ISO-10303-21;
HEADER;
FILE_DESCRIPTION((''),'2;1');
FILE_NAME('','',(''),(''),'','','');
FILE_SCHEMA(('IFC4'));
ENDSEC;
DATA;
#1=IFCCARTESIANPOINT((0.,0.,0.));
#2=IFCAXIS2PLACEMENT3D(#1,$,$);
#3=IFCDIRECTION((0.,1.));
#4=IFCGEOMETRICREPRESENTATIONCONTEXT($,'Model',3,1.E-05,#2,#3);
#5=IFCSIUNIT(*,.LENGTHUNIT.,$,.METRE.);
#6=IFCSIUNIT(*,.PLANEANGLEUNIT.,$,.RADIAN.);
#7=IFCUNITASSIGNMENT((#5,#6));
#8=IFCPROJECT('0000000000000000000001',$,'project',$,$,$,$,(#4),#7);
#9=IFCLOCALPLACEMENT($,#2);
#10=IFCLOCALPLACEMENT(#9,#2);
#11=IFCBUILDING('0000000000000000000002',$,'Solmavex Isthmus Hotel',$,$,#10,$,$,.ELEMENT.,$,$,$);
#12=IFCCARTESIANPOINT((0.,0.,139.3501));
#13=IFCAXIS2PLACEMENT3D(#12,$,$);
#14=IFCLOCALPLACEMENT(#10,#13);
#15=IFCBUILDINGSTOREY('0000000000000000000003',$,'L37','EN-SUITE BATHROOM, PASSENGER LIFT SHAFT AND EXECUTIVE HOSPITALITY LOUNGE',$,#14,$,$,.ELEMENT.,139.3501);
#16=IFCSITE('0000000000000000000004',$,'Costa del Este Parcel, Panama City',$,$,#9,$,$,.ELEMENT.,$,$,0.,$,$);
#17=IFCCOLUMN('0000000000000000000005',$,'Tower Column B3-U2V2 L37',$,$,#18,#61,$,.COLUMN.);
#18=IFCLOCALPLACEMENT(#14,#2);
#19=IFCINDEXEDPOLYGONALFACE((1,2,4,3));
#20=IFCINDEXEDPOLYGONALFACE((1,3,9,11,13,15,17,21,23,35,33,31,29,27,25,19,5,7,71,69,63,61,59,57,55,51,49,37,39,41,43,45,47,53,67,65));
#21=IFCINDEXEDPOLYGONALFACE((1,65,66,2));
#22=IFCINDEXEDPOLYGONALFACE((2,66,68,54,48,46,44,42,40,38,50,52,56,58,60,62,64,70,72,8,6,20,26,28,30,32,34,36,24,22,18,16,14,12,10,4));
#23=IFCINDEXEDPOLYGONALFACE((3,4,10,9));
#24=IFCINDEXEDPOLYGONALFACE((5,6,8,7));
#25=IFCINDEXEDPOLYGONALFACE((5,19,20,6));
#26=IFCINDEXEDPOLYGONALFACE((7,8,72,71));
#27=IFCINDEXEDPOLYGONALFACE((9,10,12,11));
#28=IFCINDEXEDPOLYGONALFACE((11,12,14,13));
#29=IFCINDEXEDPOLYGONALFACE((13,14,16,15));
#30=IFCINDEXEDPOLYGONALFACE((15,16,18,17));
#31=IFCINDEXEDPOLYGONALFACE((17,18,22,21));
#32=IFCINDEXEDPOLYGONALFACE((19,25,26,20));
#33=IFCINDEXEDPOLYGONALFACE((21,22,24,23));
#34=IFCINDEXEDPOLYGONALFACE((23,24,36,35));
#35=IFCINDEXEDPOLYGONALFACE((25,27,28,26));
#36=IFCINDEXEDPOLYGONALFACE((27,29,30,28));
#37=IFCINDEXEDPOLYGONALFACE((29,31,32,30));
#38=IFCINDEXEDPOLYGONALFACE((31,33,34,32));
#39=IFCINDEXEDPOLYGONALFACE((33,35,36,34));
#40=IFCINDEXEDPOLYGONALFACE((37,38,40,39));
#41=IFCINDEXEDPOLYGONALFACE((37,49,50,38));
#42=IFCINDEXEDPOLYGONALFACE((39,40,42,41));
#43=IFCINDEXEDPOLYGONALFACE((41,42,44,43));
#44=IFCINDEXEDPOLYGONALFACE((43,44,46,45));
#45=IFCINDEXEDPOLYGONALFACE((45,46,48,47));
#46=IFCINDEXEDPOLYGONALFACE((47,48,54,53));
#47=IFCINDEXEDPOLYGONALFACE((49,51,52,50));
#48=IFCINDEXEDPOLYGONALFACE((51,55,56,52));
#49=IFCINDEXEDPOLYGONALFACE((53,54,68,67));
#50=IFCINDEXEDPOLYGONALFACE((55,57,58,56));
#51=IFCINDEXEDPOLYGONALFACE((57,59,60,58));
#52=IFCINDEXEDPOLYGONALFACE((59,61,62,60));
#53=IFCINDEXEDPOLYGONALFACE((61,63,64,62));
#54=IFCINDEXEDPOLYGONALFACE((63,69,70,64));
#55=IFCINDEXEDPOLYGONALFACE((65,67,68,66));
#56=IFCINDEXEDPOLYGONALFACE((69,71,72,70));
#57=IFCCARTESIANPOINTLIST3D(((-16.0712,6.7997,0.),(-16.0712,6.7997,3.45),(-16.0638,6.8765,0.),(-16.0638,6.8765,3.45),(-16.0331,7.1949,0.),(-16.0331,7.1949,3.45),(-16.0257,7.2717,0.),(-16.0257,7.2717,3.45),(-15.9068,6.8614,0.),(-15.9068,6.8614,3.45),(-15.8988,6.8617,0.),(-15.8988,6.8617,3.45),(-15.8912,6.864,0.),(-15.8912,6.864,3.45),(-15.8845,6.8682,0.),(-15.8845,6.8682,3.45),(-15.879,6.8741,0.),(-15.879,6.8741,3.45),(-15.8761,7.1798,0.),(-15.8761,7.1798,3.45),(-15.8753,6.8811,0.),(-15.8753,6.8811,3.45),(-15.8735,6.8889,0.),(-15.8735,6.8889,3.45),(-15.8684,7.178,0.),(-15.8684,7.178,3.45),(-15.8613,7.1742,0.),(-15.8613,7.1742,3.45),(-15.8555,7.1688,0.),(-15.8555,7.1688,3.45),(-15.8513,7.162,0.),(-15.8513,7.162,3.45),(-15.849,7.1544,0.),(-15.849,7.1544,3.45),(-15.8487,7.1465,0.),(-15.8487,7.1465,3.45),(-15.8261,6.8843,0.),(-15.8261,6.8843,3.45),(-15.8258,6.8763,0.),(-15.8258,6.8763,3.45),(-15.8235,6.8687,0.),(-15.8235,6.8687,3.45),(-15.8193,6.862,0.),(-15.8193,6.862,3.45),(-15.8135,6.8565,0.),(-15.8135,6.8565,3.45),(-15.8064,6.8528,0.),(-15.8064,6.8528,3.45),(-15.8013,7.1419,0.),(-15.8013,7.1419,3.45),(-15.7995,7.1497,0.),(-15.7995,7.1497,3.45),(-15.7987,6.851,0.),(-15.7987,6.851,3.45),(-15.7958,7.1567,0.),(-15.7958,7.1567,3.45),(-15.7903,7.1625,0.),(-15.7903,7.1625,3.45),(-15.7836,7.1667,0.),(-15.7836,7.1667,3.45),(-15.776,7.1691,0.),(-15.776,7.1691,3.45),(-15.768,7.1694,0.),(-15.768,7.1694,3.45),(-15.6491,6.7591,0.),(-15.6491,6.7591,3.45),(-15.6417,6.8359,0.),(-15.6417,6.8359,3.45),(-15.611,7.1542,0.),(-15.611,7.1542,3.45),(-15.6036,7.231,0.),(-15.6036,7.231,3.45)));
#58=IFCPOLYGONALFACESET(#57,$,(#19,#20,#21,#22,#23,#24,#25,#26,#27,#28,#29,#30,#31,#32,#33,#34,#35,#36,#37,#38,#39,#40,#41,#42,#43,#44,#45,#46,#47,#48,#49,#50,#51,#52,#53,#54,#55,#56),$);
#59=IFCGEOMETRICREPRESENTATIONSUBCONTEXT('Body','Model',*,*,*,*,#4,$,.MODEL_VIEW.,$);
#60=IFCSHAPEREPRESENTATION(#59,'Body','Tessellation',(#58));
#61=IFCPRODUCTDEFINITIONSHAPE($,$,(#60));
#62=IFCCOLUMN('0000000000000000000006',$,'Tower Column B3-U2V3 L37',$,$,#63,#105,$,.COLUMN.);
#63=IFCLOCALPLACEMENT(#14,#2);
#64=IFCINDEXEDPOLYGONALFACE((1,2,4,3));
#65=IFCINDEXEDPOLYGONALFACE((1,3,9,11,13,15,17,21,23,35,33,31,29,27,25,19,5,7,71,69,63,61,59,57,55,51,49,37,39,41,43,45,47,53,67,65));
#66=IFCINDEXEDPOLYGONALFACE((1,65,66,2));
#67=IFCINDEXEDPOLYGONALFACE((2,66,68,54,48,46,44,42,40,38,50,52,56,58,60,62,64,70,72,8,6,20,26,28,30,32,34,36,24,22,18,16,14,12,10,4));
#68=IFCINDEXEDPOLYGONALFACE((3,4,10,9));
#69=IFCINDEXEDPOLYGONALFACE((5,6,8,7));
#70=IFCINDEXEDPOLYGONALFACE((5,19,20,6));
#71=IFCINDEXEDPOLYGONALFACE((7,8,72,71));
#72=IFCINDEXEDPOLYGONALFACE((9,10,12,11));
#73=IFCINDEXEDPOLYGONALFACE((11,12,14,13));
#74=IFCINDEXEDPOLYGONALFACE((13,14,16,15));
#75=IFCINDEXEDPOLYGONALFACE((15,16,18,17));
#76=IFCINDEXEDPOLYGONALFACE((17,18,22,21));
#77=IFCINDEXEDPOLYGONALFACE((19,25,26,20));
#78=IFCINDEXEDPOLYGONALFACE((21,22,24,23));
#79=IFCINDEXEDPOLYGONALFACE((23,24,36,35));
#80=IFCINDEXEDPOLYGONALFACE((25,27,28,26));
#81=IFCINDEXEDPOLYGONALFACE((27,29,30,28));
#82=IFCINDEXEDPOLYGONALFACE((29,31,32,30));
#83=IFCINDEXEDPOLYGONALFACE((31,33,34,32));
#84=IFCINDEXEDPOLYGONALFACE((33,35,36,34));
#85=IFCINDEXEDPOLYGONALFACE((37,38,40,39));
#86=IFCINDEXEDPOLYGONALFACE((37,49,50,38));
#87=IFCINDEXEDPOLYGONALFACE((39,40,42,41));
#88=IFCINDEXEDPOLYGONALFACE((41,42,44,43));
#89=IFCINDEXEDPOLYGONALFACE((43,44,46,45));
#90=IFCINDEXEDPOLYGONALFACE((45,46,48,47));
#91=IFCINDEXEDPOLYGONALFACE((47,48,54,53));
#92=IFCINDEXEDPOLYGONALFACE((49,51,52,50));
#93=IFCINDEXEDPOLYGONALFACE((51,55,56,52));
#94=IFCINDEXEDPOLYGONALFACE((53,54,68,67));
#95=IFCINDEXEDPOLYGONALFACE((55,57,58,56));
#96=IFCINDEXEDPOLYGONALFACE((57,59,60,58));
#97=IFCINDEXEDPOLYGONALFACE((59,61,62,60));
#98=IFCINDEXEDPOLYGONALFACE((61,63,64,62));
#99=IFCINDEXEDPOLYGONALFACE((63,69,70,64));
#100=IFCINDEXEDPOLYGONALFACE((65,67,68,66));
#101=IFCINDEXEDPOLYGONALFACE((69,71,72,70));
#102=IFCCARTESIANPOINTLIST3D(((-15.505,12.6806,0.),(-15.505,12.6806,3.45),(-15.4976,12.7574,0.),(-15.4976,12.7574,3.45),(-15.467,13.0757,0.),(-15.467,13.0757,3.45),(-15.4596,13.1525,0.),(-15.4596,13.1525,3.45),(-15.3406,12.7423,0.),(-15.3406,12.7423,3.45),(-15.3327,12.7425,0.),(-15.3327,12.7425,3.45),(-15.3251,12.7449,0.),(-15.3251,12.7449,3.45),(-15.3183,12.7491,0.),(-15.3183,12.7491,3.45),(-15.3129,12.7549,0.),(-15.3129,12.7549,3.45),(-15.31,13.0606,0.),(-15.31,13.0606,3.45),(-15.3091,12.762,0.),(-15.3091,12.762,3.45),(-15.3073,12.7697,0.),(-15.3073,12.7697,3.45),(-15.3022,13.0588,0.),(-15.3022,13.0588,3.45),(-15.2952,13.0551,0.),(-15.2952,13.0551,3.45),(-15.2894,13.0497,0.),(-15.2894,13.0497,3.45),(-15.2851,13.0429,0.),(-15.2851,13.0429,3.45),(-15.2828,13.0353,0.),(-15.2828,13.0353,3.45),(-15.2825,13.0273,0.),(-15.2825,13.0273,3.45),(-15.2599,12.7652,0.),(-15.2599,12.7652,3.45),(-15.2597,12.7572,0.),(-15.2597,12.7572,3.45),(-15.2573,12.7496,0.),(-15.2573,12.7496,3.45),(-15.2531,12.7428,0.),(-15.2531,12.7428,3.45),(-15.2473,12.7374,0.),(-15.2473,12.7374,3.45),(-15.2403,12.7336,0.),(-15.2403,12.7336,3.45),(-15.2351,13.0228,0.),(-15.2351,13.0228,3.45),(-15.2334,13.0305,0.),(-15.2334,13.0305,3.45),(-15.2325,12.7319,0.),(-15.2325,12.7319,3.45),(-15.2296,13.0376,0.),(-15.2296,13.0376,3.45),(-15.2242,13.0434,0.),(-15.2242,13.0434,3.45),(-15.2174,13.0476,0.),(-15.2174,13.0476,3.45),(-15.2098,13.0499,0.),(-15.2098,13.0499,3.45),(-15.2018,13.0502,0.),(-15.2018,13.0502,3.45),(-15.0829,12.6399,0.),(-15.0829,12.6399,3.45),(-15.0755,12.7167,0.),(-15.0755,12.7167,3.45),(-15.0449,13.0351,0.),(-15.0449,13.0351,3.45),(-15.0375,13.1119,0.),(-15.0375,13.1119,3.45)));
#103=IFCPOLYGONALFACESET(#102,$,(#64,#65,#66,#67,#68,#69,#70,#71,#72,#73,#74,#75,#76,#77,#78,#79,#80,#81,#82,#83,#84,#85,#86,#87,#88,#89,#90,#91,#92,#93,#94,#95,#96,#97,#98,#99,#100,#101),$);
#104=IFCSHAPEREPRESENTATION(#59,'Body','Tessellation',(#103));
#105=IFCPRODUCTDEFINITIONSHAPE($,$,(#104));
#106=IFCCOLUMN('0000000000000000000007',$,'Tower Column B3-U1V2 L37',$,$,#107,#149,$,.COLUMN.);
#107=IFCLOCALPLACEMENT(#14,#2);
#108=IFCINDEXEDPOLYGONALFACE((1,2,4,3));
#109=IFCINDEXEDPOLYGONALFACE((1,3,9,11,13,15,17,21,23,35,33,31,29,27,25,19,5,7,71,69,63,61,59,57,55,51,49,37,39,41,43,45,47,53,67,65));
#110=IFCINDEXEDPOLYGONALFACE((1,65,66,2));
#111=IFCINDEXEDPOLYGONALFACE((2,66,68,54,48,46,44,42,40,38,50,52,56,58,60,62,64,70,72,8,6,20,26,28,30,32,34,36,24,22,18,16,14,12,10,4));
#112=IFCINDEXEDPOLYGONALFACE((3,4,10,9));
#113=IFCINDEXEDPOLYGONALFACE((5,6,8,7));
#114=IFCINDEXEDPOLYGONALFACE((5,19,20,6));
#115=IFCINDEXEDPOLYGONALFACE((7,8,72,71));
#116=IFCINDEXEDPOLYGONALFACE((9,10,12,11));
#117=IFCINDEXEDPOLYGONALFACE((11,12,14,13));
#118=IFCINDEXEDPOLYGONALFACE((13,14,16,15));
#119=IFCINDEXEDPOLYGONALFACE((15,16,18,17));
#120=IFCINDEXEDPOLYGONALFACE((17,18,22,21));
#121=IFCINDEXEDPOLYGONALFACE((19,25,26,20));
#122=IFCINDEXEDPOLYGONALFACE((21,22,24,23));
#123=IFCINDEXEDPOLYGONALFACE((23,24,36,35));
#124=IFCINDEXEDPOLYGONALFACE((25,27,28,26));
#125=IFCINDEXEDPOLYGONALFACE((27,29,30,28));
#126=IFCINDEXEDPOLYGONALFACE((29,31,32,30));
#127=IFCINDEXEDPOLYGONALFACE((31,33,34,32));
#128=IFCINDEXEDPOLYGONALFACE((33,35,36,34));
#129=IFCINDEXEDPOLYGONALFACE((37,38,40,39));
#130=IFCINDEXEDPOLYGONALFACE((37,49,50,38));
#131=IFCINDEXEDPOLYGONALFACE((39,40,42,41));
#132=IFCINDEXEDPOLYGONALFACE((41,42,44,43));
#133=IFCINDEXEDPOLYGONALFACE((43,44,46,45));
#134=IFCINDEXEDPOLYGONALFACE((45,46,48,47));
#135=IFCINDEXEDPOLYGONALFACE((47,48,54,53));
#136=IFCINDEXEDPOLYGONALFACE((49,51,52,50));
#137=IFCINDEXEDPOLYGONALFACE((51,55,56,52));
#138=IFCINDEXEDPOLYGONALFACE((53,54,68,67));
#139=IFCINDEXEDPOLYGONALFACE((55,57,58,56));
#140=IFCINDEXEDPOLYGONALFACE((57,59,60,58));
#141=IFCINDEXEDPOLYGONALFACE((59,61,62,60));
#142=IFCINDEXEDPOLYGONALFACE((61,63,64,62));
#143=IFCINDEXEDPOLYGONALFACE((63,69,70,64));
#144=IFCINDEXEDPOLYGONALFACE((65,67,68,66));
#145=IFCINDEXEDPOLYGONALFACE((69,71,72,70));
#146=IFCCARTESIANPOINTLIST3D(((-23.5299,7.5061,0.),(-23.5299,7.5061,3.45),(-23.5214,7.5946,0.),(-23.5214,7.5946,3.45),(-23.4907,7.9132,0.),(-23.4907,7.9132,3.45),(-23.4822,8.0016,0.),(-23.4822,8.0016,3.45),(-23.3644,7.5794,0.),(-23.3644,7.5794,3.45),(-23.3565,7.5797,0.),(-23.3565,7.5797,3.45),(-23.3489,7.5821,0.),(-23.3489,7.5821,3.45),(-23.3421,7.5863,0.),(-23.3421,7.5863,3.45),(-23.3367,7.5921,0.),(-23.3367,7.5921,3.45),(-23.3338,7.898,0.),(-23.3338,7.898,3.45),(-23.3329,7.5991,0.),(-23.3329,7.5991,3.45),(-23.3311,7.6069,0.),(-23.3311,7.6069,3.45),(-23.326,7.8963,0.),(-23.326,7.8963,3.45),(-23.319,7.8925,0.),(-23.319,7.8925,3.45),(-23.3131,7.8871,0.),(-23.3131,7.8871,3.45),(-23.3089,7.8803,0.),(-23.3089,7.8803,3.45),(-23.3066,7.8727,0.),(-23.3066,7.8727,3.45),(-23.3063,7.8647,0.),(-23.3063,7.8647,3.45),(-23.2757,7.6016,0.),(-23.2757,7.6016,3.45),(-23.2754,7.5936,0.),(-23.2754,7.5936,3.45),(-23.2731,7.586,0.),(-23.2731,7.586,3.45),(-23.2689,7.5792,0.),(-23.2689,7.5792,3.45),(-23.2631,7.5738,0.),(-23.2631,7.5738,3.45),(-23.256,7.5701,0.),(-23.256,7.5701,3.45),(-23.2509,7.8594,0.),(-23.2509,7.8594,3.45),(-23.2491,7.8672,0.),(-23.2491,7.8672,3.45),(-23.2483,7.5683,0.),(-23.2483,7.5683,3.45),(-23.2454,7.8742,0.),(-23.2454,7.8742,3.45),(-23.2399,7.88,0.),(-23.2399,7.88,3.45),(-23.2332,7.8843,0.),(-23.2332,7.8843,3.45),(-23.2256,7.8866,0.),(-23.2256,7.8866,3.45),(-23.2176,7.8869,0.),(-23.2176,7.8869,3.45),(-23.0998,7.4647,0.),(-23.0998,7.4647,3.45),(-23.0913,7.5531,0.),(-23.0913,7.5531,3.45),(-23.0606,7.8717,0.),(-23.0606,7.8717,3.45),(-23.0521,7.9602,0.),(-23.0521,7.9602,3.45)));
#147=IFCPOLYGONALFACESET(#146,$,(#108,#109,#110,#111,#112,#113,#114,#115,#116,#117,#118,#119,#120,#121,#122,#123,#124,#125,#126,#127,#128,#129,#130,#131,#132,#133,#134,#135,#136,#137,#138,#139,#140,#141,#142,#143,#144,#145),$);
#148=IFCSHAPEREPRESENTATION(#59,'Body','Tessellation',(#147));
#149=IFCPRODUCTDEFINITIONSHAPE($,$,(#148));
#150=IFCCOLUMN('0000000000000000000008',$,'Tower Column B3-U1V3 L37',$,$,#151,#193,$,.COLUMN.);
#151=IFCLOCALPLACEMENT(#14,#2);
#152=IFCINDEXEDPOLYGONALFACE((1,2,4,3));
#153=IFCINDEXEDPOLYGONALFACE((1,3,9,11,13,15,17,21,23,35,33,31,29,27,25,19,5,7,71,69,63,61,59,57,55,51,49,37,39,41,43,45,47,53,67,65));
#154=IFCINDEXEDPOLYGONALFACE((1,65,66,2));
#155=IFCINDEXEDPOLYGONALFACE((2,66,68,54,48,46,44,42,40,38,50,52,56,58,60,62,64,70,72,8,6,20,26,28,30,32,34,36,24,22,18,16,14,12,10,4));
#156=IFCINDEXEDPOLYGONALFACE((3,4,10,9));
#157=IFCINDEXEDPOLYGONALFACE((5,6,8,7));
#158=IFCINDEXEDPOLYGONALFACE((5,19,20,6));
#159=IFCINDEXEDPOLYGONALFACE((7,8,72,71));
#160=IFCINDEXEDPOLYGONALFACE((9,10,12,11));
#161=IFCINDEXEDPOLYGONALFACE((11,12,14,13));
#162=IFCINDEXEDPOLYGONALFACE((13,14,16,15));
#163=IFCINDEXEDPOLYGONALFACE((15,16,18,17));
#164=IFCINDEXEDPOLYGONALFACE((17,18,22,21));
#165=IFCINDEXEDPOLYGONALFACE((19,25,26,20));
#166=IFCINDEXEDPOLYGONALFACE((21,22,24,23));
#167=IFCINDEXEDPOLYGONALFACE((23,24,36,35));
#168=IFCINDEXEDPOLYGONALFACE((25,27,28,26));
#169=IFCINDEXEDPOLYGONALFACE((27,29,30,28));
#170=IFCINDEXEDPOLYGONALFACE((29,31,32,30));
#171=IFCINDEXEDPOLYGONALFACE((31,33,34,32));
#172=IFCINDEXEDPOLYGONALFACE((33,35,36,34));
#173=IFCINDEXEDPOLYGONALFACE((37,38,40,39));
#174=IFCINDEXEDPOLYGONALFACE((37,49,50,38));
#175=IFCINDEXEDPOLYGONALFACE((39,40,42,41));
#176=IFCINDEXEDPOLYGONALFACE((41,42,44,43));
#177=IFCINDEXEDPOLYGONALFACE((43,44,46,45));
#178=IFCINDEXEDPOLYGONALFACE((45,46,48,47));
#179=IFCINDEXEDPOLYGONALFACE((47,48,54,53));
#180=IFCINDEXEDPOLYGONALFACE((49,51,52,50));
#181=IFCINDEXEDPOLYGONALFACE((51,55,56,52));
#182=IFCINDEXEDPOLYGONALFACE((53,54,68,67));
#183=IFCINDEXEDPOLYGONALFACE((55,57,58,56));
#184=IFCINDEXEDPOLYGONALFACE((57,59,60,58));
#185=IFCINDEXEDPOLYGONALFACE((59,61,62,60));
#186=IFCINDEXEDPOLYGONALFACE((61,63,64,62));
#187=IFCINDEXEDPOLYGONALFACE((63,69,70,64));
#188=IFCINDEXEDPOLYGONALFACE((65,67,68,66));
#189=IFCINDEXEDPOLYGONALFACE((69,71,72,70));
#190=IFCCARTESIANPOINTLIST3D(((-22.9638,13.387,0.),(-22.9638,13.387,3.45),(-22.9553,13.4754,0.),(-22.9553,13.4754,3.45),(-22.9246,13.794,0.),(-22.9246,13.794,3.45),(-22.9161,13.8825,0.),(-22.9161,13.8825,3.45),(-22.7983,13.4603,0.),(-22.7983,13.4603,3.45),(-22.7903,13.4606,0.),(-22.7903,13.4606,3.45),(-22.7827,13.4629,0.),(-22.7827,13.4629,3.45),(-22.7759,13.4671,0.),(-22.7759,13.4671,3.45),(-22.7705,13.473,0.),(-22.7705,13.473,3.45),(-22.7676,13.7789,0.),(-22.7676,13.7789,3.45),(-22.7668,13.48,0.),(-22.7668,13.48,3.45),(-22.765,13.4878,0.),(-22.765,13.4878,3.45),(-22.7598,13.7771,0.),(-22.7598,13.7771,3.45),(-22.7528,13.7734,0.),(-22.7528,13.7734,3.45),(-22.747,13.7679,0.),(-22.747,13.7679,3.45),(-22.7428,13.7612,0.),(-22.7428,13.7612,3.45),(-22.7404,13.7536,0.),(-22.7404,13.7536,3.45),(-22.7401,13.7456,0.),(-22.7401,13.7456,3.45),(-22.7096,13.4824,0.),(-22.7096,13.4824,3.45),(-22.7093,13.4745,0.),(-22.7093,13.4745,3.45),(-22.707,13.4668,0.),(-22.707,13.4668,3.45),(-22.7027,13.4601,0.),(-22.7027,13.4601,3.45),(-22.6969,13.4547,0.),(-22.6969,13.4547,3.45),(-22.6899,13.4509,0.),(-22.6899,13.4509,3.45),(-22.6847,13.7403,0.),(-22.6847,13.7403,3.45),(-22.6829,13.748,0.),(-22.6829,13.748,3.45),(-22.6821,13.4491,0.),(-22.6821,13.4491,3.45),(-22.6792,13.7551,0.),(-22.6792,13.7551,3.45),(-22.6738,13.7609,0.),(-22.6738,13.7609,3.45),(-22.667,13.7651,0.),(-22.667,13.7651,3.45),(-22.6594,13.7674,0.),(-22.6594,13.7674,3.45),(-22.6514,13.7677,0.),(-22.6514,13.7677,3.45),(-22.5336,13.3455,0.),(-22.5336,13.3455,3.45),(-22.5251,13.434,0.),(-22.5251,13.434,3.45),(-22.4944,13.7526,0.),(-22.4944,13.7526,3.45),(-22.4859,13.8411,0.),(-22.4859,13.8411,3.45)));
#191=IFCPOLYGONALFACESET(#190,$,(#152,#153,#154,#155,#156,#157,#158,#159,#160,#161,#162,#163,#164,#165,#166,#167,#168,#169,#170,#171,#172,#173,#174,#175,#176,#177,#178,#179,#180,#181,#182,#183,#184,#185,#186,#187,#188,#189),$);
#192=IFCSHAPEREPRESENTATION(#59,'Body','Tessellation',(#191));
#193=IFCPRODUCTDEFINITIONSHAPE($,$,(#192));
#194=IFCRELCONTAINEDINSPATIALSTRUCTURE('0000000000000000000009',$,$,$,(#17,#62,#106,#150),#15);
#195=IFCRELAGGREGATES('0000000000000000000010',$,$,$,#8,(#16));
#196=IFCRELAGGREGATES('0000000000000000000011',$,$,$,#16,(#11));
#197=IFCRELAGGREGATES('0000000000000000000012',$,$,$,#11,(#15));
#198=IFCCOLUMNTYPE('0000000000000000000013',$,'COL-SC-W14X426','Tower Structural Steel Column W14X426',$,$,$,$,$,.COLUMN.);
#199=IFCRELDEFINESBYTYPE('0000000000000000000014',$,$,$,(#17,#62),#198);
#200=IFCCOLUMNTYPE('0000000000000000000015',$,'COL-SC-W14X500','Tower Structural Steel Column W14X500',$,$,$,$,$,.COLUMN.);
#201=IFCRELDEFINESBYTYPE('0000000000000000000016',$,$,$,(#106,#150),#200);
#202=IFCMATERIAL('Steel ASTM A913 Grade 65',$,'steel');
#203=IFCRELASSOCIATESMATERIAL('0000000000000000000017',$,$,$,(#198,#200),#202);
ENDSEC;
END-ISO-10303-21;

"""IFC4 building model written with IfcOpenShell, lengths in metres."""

from ifc_helpers import new_model, si_unit, direction, frame, origin, origin_2d, place, context, subcontext, project, spatial, i_section, extrude, material, material_profile, profile_set, type_object, element, save


model = new_model("IFC4")

# Units and contexts
model_context = context("Model", 3, precision=1e-05, world=origin(), true_north=direction((0.0, 1.0)))
body_context = subcontext(model_context, "Body", "Model", "MODEL_VIEW")
ifc_project = project(units=[si_unit("LENGTHUNIT", "METRE"), si_unit("PLANEANGLEUNIT", "RADIAN")], contexts=[model_context])

# Site, building, storey
site_placement = place(None, origin())
site = spatial("IfcSite", under=ifc_project, at=site_placement, Name="Costa del Este Parcel, Panama City", CompositionType="ELEMENT", RefElevation=0.0)
building_placement = place(site_placement, origin())
building = spatial("IfcBuilding", under=site, at=building_placement, Name="Solmavex Isthmus Hotel", CompositionType="ELEMENT")
storey_placement = place(building_placement, frame((0.0, 0.0, 139.3501)))
storey = spatial("IfcBuildingStorey", under=building, at=storey_placement, Name="L37", Description="EN-SUITE BATHROOM, PASSENGER LIFT SHAFT AND EXECUTIVE HOSPITALITY LOUNGE", CompositionType="ELEMENT", Elevation=139.3501)

# Columns
ifc_material_1 = material(Name="Steel ASTM A913 Grade 65", Category="steel")
ifc_material_profile_1 = material_profile(ifc_material_1, i_section(OverallWidth=0.4241, OverallDepth=0.4741, WebThickness=0.0476, FlangeThickness=0.0771, FilletRadius=0.0305, at=origin_2d()), Name="W14X426")
ifc_profile_set_1 = profile_set([ifc_material_profile_1], Name="Steel ASTM A913 Grade 65")
column_type_1 = type_object("IfcColumnType", Name="COL-SC-W14X426", Description="Tower Structural Steel Column W14X426", PredefinedType="COLUMN", material=ifc_profile_set_1)
for number, where, z_axis, x_axis, name in (
    (1, (-15.8374, 7.0154, 0.0), (0.0, 0.0, 1.0), (0.995396, -0.095846, 0.0), "Tower Column B3-U2V2 L37"),
    (2, (-15.2712, 12.8962, 0.0), (0.0, 0.0, 1.0), (0.995396, -0.095846, 0.0), "Tower Column B3-U2V3 L37"),
):
    element("IfcColumn", number, at=place(storey_placement, frame(where, z_axis=z_axis, x_axis=x_axis)), inside=storey, type_object=column_type_1, Name=name, PredefinedType="COLUMN", context=body_context, shape_type="SweptSolid", body=[
        extrude(i_section(OverallWidth=0.4241, OverallDepth=0.4741, WebThickness=0.0476, FlangeThickness=0.0771, FilletRadius=0.0305, at=origin_2d()), origin(), (0.0, 0.0, 1.0), 3.45),
    ])
ifc_material_profile_2 = material_profile(ifc_material_1, i_section(OverallWidth=0.4321, OverallDepth=0.4978, WebThickness=0.0557, FlangeThickness=0.0889, FilletRadius=0.0305, at=origin_2d()), Name="W14X500")
ifc_profile_set_2 = profile_set([ifc_material_profile_2], Name="Steel ASTM A913 Grade 65")
column_type_2 = type_object("IfcColumnType", Name="COL-SC-W14X500", Description="Tower Structural Steel Column W14X500", PredefinedType="COLUMN", material=ifc_profile_set_2)
for number, where, z_axis, x_axis, name in (
    (3, (-23.291, 7.7332, 0.0), (0.0, 0.0, 1.0), (0.995396, -0.095846, 0.0), "Tower Column B3-U1V2 L37"),
    (4, (-22.7249, 13.614, 0.0), (0.0, 0.0, 1.0), (0.995396, -0.095846, 0.0), "Tower Column B3-U1V3 L37"),
):
    element("IfcColumn", number, at=place(storey_placement, frame(where, z_axis=z_axis, x_axis=x_axis)), inside=storey, type_object=column_type_2, Name=name, PredefinedType="COLUMN", context=body_context, shape_type="SweptSolid", body=[
        extrude(i_section(OverallWidth=0.4321, OverallDepth=0.4978, WebThickness=0.0557, FlangeThickness=0.0889, FilletRadius=0.0305, at=origin_2d()), origin(), (0.0, 0.0, 1.0), 3.45),
    ])

save(model, "model.ifc")
